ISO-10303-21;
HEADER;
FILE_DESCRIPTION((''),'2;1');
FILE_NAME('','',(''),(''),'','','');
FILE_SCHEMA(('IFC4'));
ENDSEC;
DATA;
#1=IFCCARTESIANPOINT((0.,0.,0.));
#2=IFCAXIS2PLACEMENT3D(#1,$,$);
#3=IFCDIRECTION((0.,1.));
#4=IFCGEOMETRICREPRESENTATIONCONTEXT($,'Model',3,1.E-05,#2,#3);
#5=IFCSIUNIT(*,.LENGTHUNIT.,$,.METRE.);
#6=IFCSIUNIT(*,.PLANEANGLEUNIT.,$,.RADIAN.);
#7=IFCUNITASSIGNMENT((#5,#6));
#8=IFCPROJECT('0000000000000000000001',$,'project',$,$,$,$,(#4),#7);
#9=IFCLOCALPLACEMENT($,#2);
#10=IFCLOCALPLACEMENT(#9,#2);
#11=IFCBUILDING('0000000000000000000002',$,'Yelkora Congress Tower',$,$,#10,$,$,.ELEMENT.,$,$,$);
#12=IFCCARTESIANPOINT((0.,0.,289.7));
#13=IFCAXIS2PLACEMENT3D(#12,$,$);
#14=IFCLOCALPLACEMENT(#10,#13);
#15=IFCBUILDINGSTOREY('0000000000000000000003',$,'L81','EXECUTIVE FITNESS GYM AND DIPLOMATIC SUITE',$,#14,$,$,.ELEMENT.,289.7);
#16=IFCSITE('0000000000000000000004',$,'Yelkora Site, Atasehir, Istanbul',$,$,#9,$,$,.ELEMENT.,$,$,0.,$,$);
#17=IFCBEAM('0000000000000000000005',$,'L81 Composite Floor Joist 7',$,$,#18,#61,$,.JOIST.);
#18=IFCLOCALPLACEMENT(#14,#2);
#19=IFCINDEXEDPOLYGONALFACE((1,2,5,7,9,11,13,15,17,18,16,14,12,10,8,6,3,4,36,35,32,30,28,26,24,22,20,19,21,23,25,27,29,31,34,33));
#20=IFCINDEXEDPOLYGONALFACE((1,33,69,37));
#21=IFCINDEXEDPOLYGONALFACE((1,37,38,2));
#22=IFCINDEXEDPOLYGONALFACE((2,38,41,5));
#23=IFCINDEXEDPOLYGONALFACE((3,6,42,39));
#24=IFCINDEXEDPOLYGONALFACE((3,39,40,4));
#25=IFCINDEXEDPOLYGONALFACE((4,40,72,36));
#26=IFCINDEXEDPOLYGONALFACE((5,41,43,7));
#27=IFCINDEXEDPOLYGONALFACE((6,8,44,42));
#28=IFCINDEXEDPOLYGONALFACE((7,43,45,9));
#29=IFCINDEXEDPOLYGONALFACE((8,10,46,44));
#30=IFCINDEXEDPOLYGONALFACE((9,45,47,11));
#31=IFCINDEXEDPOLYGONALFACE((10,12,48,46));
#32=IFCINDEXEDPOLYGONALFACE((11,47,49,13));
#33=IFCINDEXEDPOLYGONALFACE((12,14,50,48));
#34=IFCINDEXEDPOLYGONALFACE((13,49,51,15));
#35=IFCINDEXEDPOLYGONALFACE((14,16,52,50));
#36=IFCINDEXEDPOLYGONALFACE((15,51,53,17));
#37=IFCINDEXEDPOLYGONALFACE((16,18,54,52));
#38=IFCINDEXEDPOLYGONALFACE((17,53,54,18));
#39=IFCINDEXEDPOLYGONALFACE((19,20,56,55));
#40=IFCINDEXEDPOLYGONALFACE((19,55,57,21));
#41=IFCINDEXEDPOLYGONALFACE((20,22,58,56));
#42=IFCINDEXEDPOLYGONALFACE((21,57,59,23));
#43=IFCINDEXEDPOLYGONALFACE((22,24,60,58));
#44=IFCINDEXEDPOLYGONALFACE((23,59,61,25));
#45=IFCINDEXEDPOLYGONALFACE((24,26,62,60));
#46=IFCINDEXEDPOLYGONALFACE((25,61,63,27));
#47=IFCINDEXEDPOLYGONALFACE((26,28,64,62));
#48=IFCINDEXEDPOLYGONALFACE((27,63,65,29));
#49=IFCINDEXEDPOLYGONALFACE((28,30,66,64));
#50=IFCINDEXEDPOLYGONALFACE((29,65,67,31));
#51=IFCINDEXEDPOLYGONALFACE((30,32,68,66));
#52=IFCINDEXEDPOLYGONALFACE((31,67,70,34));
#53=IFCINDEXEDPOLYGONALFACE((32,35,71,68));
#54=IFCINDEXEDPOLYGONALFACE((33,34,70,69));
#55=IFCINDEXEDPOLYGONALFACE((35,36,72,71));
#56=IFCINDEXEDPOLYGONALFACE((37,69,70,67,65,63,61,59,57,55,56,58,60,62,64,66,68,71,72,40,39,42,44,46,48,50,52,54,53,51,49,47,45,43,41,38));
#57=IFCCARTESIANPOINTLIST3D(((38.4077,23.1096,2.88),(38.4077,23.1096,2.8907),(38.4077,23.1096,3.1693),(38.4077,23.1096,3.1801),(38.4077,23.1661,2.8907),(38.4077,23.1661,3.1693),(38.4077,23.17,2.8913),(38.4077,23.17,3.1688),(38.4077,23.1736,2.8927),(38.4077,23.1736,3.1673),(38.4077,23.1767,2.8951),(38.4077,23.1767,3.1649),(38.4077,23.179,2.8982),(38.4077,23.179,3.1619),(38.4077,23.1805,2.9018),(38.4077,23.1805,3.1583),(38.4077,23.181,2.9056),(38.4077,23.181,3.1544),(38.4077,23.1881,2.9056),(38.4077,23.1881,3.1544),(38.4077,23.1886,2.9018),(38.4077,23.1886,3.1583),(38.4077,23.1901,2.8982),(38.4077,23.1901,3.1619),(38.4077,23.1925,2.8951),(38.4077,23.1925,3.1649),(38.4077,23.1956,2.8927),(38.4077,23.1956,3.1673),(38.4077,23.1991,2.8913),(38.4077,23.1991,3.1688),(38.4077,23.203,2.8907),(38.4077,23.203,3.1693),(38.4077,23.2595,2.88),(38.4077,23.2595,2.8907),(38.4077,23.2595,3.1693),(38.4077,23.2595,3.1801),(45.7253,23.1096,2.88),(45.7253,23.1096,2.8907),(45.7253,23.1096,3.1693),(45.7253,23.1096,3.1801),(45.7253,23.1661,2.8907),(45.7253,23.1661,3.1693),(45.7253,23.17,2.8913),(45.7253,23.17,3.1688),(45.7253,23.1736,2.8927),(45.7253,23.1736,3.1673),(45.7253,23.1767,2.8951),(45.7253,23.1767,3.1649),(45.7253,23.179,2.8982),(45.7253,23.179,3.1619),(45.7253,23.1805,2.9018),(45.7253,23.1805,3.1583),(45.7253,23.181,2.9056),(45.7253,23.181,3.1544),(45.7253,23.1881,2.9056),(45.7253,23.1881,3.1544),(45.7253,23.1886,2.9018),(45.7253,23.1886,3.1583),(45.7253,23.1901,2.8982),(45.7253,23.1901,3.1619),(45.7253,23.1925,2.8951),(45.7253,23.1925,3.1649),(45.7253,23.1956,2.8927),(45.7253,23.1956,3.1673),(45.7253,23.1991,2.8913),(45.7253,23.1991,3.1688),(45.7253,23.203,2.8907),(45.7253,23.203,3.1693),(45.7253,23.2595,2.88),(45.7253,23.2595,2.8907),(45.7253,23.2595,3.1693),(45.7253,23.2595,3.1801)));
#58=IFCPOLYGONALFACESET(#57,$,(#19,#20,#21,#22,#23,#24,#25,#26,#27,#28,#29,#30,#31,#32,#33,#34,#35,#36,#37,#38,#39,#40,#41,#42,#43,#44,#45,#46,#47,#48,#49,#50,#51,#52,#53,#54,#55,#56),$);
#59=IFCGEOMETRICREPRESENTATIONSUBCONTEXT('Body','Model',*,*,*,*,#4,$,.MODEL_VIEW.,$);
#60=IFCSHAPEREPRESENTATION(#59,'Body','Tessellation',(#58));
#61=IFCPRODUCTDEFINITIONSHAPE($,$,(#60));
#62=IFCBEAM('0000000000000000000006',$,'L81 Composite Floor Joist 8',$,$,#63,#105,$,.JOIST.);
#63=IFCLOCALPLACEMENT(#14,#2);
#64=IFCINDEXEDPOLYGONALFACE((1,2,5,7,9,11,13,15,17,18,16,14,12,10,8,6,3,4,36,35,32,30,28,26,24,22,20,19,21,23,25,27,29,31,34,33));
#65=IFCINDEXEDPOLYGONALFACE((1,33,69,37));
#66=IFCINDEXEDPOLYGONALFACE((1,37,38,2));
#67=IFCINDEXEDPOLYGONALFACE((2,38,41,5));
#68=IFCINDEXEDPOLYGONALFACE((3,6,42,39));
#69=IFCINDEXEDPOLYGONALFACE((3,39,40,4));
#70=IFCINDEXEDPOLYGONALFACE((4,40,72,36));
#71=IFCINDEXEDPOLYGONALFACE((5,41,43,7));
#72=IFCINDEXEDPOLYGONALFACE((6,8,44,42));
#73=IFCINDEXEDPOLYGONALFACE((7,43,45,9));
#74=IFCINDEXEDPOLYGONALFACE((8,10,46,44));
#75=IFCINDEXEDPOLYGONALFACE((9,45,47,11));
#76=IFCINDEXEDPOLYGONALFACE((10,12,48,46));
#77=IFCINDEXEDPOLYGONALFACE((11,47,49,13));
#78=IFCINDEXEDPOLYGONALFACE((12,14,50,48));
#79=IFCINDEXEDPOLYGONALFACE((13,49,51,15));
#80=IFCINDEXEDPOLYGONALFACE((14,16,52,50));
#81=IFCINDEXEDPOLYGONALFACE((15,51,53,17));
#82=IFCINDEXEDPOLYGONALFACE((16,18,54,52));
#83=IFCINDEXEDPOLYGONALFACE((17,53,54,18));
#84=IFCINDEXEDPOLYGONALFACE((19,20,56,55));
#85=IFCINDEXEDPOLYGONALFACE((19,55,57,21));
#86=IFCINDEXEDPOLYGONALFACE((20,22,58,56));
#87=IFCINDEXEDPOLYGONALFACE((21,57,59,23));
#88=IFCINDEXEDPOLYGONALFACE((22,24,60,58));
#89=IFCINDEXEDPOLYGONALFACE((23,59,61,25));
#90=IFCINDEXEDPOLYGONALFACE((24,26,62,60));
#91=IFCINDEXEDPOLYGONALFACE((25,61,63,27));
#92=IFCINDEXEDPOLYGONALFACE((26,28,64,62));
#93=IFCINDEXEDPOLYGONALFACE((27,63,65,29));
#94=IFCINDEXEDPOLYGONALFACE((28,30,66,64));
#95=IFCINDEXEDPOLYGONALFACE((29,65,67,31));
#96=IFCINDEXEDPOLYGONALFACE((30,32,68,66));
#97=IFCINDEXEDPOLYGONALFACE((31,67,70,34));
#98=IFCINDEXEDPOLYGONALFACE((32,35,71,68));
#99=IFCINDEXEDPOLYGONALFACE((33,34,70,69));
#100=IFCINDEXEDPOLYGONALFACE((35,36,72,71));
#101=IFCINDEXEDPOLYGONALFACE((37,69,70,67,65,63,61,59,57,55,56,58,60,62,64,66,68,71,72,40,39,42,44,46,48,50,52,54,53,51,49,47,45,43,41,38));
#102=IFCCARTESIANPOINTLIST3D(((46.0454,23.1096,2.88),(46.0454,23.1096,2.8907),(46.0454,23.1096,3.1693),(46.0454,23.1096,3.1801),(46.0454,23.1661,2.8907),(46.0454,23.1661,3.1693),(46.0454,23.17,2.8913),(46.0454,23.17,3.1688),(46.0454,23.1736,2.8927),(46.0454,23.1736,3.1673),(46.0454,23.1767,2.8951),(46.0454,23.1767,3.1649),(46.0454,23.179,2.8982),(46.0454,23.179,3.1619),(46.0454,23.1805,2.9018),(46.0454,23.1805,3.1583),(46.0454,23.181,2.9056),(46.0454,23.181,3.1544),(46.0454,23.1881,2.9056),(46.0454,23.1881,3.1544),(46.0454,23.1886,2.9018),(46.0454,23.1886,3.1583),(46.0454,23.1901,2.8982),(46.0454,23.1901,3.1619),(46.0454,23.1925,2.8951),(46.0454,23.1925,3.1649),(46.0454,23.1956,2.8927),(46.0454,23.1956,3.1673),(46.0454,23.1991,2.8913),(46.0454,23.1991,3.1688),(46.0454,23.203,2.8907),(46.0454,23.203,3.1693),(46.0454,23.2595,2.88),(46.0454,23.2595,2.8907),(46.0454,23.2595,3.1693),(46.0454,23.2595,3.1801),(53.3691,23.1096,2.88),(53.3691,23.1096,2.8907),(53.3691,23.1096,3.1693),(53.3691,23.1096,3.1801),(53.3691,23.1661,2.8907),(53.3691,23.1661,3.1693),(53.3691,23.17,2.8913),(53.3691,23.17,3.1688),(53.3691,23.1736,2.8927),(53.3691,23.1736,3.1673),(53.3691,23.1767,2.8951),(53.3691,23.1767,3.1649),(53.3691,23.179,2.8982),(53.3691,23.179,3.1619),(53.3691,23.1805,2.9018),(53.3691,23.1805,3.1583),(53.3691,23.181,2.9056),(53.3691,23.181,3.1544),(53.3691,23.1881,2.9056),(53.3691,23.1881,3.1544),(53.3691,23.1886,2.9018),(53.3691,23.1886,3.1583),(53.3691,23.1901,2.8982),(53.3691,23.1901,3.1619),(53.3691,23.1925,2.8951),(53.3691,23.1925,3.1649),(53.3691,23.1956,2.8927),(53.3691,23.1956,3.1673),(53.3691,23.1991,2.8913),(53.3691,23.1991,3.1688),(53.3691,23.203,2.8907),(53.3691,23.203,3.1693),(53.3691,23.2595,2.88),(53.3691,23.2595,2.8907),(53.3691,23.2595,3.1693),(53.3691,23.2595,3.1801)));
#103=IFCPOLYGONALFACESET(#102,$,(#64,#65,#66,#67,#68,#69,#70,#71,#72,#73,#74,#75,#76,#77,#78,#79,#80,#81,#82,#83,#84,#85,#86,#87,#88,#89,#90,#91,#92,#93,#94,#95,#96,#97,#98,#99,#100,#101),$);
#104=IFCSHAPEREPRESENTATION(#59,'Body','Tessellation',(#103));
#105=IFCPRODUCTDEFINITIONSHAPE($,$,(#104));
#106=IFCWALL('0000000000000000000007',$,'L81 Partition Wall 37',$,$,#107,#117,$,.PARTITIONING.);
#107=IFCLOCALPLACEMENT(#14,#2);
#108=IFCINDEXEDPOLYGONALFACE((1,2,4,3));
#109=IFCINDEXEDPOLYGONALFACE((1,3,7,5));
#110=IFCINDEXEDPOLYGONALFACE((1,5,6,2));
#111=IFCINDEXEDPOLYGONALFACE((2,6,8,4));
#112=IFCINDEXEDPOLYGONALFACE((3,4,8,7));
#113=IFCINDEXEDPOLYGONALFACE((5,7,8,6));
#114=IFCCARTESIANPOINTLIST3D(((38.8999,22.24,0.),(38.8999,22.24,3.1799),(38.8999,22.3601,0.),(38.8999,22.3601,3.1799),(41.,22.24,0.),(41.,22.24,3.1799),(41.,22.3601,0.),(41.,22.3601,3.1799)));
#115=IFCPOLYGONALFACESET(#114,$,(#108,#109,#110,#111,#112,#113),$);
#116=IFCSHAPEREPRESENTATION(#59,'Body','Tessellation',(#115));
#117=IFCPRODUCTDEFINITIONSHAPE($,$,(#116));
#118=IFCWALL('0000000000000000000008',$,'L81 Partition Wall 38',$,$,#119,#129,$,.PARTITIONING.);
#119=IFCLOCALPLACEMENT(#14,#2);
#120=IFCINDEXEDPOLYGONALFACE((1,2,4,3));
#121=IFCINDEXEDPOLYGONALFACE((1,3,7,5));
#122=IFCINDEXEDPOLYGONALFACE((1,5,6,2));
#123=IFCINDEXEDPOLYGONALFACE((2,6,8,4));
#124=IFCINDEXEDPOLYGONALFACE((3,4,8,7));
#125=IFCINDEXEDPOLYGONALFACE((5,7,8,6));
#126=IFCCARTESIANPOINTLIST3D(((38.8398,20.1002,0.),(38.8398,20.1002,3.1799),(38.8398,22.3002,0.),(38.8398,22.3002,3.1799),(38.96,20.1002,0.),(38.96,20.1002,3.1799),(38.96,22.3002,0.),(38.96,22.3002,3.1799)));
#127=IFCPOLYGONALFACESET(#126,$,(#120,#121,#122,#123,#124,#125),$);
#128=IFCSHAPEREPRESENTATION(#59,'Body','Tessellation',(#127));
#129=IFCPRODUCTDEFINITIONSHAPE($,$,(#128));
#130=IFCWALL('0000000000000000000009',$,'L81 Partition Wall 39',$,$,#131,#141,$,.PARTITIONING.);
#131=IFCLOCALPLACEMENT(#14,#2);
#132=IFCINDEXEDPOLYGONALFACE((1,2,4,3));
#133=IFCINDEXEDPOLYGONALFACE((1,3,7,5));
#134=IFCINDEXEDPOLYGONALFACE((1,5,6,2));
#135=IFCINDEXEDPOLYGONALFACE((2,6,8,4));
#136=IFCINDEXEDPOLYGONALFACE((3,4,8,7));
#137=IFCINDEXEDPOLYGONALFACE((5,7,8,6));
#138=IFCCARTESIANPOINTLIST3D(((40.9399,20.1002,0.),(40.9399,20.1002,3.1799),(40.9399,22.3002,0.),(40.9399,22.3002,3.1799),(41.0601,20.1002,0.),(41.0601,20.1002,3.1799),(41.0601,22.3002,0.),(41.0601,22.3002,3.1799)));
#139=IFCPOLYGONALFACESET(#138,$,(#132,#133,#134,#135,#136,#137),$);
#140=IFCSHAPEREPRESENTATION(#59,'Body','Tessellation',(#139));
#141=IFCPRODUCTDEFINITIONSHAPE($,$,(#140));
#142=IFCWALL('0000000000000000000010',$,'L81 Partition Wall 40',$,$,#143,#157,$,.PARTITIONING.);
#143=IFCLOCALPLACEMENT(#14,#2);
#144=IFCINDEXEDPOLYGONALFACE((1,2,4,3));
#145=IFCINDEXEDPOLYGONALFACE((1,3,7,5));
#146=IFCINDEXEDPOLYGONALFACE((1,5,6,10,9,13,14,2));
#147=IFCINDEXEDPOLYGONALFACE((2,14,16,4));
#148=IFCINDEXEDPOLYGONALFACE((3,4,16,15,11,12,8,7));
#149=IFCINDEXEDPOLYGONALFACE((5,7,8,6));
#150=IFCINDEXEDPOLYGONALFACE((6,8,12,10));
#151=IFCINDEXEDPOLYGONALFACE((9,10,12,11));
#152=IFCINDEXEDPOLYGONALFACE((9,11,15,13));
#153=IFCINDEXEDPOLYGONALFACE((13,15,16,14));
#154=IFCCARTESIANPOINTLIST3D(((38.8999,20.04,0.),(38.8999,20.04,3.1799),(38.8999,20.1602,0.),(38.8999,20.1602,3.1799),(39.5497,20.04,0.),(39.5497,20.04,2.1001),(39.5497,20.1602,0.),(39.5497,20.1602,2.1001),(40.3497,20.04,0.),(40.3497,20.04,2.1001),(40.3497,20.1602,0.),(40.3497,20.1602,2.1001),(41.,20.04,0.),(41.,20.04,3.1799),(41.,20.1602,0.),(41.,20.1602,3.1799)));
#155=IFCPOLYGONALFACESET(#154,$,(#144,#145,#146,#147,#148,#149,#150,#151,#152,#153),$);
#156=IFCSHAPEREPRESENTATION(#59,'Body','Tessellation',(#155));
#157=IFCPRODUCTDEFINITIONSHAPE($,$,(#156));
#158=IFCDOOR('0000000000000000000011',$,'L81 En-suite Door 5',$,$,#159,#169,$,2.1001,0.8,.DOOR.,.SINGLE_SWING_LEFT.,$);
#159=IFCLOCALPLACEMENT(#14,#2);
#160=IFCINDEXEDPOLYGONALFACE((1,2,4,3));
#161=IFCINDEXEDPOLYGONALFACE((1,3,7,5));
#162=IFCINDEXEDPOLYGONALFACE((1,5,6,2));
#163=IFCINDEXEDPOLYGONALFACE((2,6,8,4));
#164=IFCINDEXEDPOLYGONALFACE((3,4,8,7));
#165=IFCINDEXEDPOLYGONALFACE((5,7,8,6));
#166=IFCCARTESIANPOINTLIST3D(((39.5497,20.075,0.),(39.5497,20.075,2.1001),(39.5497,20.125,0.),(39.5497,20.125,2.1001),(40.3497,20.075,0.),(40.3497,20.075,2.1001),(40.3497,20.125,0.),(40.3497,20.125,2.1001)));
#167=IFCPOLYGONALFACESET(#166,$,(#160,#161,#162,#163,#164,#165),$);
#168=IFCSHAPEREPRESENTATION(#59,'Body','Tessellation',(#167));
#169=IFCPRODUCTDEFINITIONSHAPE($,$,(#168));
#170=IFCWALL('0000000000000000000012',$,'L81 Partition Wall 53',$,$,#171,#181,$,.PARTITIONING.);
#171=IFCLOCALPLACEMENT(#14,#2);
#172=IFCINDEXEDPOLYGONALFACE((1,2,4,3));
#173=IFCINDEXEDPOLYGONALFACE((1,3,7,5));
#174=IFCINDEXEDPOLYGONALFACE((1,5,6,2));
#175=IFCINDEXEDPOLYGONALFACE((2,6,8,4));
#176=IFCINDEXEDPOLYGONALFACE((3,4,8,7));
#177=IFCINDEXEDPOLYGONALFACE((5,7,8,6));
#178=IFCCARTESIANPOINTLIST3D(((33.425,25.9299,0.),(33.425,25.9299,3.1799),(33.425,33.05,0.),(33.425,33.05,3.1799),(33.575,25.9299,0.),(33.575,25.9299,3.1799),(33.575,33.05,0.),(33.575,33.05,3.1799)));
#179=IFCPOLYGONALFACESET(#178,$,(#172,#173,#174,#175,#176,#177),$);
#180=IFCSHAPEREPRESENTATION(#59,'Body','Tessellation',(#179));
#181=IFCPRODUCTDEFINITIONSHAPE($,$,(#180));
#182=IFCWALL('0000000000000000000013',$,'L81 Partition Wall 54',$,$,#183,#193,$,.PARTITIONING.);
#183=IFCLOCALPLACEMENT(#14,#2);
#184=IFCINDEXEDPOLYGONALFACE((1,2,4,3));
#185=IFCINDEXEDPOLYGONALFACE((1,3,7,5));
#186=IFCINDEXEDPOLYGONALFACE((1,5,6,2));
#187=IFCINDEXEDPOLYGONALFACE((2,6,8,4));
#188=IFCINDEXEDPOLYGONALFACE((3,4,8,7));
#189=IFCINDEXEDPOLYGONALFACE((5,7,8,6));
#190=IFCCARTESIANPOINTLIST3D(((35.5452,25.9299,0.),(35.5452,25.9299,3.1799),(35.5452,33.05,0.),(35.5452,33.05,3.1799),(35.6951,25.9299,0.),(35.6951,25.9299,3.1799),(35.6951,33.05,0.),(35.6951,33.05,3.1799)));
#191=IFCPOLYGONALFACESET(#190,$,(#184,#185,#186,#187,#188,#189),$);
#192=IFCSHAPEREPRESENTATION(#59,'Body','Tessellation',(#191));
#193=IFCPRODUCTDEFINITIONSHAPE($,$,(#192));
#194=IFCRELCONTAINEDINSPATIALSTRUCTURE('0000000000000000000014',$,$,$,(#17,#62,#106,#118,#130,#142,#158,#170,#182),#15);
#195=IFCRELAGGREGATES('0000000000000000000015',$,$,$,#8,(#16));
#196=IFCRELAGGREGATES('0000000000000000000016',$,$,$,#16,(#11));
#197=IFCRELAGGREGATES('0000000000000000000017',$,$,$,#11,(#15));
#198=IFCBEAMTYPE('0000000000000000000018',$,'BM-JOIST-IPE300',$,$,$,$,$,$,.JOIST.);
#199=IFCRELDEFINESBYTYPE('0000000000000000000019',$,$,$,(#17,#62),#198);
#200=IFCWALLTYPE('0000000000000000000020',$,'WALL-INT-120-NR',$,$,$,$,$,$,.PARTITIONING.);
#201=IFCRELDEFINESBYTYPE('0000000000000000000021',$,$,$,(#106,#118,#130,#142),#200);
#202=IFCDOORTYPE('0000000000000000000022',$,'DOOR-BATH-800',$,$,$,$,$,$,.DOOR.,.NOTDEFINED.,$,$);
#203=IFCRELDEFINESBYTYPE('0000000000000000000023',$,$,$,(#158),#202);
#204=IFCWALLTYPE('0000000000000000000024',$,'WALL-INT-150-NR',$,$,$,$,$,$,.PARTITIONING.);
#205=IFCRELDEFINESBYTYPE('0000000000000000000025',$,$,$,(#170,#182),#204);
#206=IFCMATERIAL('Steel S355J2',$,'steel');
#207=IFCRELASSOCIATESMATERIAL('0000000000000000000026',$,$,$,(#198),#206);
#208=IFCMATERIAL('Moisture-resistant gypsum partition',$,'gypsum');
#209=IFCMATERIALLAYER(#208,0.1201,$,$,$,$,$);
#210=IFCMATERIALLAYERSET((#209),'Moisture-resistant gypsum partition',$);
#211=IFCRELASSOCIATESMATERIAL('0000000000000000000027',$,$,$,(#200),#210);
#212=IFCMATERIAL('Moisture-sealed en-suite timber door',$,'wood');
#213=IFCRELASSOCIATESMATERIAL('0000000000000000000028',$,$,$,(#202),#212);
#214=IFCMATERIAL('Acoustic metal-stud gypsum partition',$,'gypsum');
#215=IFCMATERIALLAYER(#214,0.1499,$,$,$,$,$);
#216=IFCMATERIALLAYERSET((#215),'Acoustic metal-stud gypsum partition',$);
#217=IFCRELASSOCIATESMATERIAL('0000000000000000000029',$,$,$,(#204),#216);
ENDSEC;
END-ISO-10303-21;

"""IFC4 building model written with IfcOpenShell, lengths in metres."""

from ifc_helpers import new_model, si_unit, direction, frame, frame_2d, origin, origin_2d, place, context, subcontext, project, spatial, rectangle, i_section, extrude, material, layer, layer_set, material_profile, profile_set, type_object, element, fill, save


model = new_model("IFC4")

# Units and contexts
model_context = context("Model", 3, precision=1e-05, world=origin(), true_north=direction((0.0, 1.0)))
body_context = subcontext(model_context, "Body", "Model", "MODEL_VIEW")
ifc_project = project(units=[si_unit("LENGTHUNIT", "METRE"), si_unit("PLANEANGLEUNIT", "RADIAN")], contexts=[model_context])

# Site, building, storey
site_placement = place(None, origin())
site = spatial("IfcSite", under=ifc_project, at=site_placement, Name="Yelkora Site, Atasehir, Istanbul", CompositionType="ELEMENT", RefElevation=0.0)
building_placement = place(site_placement, origin())
building = spatial("IfcBuilding", under=site, at=building_placement, Name="Yelkora Congress Tower", CompositionType="ELEMENT")
storey_placement = place(building_placement, frame((0.0, 0.0, 289.7)))
storey = spatial("IfcBuildingStorey", under=building, at=storey_placement, Name="L81", Description="EXECUTIVE FITNESS GYM AND DIPLOMATIC SUITE", CompositionType="ELEMENT", Elevation=289.7)

# Beams
ifc_material_1 = material(Name="Steel S355J2", Category="steel")
ifc_material_profile_1 = material_profile(ifc_material_1, i_section(OverallWidth=0.1499, OverallDepth=0.3, WebThickness=0.0071, FlangeThickness=0.0107, FilletRadius=0.0149, at=origin_2d()), Name="IPE 300")
ifc_profile_set_1 = profile_set([ifc_material_profile_1], Name="Steel S355J2")
beam_type_1 = type_object("IfcBeamType", Name="BM-JOIST-IPE300", PredefinedType="JOIST", material=ifc_profile_set_1)
beam_1_placement = place(storey_placement, frame((38.4077, 23.1846, 3.03), z_axis=(1.0, 0.0, 0.0), x_axis=(0.0, 1.0, 0.0)))
element("IfcBeam", 1, at=beam_1_placement, inside=storey, type_object=beam_type_1, Name="L81 Composite Floor Joist 7", PredefinedType="JOIST", context=body_context, shape_type="SweptSolid", body=[
    extrude(i_section(OverallWidth=0.1499, OverallDepth=0.3, WebThickness=0.0071, FlangeThickness=0.0107, FilletRadius=0.0149, at=origin_2d()), origin(), (0.0, 0.0, 1.0), 7.3176),
])
beam_2_placement = place(storey_placement, frame((46.0454, 23.1846, 3.03), z_axis=(1.0, 0.0, 0.0), x_axis=(0.0, 1.0, 0.0)))
element("IfcBeam", 2, at=beam_2_placement, inside=storey, type_object=beam_type_1, Name="L81 Composite Floor Joist 8", PredefinedType="JOIST", context=body_context, shape_type="SweptSolid", body=[
    extrude(i_section(OverallWidth=0.1499, OverallDepth=0.3, WebThickness=0.0071, FlangeThickness=0.0107, FilletRadius=0.0149, at=origin_2d()), origin(), (0.0, 0.0, 1.0), 7.3237),
])

# Walls
ifc_material_2 = material(Name="Moisture-resistant gypsum partition", Category="gypsum")
ifc_layer_1 = layer(ifc_material_2, 0.1201)
ifc_layer_set_1 = layer_set([ifc_layer_1], Name="Moisture-resistant gypsum partition")
wall_type_1 = type_object("IfcWallType", Name="WALL-INT-120-NR", PredefinedType="PARTITIONING", material=ifc_layer_set_1)
wall_1_placement = place(storey_placement, frame((38.8999, 22.3, 0.0), z_axis=(0.0, 0.0, 1.0), x_axis=(1.0, 0.0, 0.0)))
element("IfcWall", 3, at=wall_1_placement, inside=storey, type_object=wall_type_1, Name="L81 Partition Wall 37", PredefinedType="PARTITIONING", context=body_context, shape_type="SweptSolid", body=[
    extrude(rectangle(XDim=2.1001, YDim=0.1201, at=frame_2d((1.05, 0.0))), origin(), (0.0, 0.0, 1.0), 3.1799),
])
for number, where, z_axis, x_axis, name in (
    (4, (38.8999, 20.1001, 0.0), (0.0, 0.0, 1.0), (0.0, 1.0, 0.0), "L81 Partition Wall 38"),
    (5, (41.0, 20.1001, 0.0), (0.0, 0.0, 1.0), (0.0, 1.0, 0.0), "L81 Partition Wall 39"),
):
    element("IfcWall", number, at=place(storey_placement, frame(where, z_axis=z_axis, x_axis=x_axis)), inside=storey, type_object=wall_type_1, Name=name, PredefinedType="PARTITIONING", context=body_context, shape_type="SweptSolid", body=[
        extrude(rectangle(XDim=2.2, YDim=0.1201, at=frame_2d((1.1001, 0.0))), origin(), (0.0, 0.0, 1.0), 3.1799),
    ])

# Wall, opening, door
wall_2_placement = place(storey_placement, frame((38.8999, 20.1001, 0.0), z_axis=(0.0, 0.0, 1.0), x_axis=(1.0, 0.0, 0.0)))
wall_2 = element("IfcWall", 6, at=wall_2_placement, inside=storey, type_object=wall_type_1, Name="L81 Partition Wall 40", PredefinedType="PARTITIONING", context=body_context, shape_type="SweptSolid", body=[
    extrude(rectangle(XDim=2.1001, YDim=0.1201, at=frame_2d((1.05, 0.0))), origin(), (0.0, 0.0, 1.0), 3.1799),
])
opening_1_placement = place(wall_2_placement, frame((0.6499, 0.0, 0.0)))
opening_1 = element("IfcOpeningElement", 7, at=opening_1_placement, cuts=wall_2, PredefinedType="OPENING", context=body_context, shape_type="SweptSolid", body=[
    extrude(rectangle(XDim=0.8, YDim=2.1001, at=frame_2d((0.3999, 1.05))), frame((0.0, 0.0701, 0.0), z_axis=(0.0, -1.0, 0.0), x_axis=(1.0, 0.0, 0.0)), (0.0, 0.0, 1.0), 0.1401),
])
ifc_material_3 = material(Name="Moisture-sealed en-suite timber door", Category="wood")
door_type_1 = type_object("IfcDoorType", Name="DOOR-BATH-800", OperationType="NOTDEFINED", PredefinedType="DOOR", material=ifc_material_3)
door_1_placement = place(opening_1_placement, origin())
door_1 = element("IfcDoor", 8, at=door_1_placement, inside=storey, type_object=door_type_1, Name="L81 En-suite Door 5", OperationType="SINGLE_SWING_LEFT", OverallHeight=2.1001, OverallWidth=0.8, PredefinedType="DOOR", context=body_context, shape_type="SweptSolid", body=[
    extrude(rectangle(XDim=0.8, YDim=2.1001, at=frame_2d((0.3999, 1.05))), frame((0.0, 0.0249, 0.0), z_axis=(0.0, -1.0, 0.0), x_axis=(1.0, 0.0, 0.0)), (0.0, 0.0, 1.0), 0.05),
])
fill(opening_1, door_1)

# Walls
ifc_material_4 = material(Name="Acoustic metal-stud gypsum partition", Category="gypsum")
ifc_layer_2 = layer(ifc_material_4, 0.1499)
ifc_layer_set_2 = layer_set([ifc_layer_2], Name="Acoustic metal-stud gypsum partition")
wall_type_2 = type_object("IfcWallType", Name="WALL-INT-150-NR", PredefinedType="PARTITIONING", material=ifc_layer_set_2)
for number, where, z_axis, x_axis, name in (
    (9, (33.5, 25.9299, 0.0), (0.0, 0.0, 1.0), (0.0, 1.0, 0.0), "L81 Partition Wall 53"),
    (10, (35.6201, 25.9299, 0.0), (0.0, 0.0, 1.0), (0.0, 1.0, 0.0), "L81 Partition Wall 54"),
):
    element("IfcWall", number, at=place(storey_placement, frame(where, z_axis=z_axis, x_axis=x_axis)), inside=storey, type_object=wall_type_2, Name=name, PredefinedType="PARTITIONING", context=body_context, shape_type="SweptSolid", body=[
        extrude(rectangle(XDim=7.1201, YDim=0.1499, at=frame_2d((3.5601, 0.0))), origin(), (0.0, 0.0, 1.0), 3.1799),
    ])

save(model, "model.ifc")
